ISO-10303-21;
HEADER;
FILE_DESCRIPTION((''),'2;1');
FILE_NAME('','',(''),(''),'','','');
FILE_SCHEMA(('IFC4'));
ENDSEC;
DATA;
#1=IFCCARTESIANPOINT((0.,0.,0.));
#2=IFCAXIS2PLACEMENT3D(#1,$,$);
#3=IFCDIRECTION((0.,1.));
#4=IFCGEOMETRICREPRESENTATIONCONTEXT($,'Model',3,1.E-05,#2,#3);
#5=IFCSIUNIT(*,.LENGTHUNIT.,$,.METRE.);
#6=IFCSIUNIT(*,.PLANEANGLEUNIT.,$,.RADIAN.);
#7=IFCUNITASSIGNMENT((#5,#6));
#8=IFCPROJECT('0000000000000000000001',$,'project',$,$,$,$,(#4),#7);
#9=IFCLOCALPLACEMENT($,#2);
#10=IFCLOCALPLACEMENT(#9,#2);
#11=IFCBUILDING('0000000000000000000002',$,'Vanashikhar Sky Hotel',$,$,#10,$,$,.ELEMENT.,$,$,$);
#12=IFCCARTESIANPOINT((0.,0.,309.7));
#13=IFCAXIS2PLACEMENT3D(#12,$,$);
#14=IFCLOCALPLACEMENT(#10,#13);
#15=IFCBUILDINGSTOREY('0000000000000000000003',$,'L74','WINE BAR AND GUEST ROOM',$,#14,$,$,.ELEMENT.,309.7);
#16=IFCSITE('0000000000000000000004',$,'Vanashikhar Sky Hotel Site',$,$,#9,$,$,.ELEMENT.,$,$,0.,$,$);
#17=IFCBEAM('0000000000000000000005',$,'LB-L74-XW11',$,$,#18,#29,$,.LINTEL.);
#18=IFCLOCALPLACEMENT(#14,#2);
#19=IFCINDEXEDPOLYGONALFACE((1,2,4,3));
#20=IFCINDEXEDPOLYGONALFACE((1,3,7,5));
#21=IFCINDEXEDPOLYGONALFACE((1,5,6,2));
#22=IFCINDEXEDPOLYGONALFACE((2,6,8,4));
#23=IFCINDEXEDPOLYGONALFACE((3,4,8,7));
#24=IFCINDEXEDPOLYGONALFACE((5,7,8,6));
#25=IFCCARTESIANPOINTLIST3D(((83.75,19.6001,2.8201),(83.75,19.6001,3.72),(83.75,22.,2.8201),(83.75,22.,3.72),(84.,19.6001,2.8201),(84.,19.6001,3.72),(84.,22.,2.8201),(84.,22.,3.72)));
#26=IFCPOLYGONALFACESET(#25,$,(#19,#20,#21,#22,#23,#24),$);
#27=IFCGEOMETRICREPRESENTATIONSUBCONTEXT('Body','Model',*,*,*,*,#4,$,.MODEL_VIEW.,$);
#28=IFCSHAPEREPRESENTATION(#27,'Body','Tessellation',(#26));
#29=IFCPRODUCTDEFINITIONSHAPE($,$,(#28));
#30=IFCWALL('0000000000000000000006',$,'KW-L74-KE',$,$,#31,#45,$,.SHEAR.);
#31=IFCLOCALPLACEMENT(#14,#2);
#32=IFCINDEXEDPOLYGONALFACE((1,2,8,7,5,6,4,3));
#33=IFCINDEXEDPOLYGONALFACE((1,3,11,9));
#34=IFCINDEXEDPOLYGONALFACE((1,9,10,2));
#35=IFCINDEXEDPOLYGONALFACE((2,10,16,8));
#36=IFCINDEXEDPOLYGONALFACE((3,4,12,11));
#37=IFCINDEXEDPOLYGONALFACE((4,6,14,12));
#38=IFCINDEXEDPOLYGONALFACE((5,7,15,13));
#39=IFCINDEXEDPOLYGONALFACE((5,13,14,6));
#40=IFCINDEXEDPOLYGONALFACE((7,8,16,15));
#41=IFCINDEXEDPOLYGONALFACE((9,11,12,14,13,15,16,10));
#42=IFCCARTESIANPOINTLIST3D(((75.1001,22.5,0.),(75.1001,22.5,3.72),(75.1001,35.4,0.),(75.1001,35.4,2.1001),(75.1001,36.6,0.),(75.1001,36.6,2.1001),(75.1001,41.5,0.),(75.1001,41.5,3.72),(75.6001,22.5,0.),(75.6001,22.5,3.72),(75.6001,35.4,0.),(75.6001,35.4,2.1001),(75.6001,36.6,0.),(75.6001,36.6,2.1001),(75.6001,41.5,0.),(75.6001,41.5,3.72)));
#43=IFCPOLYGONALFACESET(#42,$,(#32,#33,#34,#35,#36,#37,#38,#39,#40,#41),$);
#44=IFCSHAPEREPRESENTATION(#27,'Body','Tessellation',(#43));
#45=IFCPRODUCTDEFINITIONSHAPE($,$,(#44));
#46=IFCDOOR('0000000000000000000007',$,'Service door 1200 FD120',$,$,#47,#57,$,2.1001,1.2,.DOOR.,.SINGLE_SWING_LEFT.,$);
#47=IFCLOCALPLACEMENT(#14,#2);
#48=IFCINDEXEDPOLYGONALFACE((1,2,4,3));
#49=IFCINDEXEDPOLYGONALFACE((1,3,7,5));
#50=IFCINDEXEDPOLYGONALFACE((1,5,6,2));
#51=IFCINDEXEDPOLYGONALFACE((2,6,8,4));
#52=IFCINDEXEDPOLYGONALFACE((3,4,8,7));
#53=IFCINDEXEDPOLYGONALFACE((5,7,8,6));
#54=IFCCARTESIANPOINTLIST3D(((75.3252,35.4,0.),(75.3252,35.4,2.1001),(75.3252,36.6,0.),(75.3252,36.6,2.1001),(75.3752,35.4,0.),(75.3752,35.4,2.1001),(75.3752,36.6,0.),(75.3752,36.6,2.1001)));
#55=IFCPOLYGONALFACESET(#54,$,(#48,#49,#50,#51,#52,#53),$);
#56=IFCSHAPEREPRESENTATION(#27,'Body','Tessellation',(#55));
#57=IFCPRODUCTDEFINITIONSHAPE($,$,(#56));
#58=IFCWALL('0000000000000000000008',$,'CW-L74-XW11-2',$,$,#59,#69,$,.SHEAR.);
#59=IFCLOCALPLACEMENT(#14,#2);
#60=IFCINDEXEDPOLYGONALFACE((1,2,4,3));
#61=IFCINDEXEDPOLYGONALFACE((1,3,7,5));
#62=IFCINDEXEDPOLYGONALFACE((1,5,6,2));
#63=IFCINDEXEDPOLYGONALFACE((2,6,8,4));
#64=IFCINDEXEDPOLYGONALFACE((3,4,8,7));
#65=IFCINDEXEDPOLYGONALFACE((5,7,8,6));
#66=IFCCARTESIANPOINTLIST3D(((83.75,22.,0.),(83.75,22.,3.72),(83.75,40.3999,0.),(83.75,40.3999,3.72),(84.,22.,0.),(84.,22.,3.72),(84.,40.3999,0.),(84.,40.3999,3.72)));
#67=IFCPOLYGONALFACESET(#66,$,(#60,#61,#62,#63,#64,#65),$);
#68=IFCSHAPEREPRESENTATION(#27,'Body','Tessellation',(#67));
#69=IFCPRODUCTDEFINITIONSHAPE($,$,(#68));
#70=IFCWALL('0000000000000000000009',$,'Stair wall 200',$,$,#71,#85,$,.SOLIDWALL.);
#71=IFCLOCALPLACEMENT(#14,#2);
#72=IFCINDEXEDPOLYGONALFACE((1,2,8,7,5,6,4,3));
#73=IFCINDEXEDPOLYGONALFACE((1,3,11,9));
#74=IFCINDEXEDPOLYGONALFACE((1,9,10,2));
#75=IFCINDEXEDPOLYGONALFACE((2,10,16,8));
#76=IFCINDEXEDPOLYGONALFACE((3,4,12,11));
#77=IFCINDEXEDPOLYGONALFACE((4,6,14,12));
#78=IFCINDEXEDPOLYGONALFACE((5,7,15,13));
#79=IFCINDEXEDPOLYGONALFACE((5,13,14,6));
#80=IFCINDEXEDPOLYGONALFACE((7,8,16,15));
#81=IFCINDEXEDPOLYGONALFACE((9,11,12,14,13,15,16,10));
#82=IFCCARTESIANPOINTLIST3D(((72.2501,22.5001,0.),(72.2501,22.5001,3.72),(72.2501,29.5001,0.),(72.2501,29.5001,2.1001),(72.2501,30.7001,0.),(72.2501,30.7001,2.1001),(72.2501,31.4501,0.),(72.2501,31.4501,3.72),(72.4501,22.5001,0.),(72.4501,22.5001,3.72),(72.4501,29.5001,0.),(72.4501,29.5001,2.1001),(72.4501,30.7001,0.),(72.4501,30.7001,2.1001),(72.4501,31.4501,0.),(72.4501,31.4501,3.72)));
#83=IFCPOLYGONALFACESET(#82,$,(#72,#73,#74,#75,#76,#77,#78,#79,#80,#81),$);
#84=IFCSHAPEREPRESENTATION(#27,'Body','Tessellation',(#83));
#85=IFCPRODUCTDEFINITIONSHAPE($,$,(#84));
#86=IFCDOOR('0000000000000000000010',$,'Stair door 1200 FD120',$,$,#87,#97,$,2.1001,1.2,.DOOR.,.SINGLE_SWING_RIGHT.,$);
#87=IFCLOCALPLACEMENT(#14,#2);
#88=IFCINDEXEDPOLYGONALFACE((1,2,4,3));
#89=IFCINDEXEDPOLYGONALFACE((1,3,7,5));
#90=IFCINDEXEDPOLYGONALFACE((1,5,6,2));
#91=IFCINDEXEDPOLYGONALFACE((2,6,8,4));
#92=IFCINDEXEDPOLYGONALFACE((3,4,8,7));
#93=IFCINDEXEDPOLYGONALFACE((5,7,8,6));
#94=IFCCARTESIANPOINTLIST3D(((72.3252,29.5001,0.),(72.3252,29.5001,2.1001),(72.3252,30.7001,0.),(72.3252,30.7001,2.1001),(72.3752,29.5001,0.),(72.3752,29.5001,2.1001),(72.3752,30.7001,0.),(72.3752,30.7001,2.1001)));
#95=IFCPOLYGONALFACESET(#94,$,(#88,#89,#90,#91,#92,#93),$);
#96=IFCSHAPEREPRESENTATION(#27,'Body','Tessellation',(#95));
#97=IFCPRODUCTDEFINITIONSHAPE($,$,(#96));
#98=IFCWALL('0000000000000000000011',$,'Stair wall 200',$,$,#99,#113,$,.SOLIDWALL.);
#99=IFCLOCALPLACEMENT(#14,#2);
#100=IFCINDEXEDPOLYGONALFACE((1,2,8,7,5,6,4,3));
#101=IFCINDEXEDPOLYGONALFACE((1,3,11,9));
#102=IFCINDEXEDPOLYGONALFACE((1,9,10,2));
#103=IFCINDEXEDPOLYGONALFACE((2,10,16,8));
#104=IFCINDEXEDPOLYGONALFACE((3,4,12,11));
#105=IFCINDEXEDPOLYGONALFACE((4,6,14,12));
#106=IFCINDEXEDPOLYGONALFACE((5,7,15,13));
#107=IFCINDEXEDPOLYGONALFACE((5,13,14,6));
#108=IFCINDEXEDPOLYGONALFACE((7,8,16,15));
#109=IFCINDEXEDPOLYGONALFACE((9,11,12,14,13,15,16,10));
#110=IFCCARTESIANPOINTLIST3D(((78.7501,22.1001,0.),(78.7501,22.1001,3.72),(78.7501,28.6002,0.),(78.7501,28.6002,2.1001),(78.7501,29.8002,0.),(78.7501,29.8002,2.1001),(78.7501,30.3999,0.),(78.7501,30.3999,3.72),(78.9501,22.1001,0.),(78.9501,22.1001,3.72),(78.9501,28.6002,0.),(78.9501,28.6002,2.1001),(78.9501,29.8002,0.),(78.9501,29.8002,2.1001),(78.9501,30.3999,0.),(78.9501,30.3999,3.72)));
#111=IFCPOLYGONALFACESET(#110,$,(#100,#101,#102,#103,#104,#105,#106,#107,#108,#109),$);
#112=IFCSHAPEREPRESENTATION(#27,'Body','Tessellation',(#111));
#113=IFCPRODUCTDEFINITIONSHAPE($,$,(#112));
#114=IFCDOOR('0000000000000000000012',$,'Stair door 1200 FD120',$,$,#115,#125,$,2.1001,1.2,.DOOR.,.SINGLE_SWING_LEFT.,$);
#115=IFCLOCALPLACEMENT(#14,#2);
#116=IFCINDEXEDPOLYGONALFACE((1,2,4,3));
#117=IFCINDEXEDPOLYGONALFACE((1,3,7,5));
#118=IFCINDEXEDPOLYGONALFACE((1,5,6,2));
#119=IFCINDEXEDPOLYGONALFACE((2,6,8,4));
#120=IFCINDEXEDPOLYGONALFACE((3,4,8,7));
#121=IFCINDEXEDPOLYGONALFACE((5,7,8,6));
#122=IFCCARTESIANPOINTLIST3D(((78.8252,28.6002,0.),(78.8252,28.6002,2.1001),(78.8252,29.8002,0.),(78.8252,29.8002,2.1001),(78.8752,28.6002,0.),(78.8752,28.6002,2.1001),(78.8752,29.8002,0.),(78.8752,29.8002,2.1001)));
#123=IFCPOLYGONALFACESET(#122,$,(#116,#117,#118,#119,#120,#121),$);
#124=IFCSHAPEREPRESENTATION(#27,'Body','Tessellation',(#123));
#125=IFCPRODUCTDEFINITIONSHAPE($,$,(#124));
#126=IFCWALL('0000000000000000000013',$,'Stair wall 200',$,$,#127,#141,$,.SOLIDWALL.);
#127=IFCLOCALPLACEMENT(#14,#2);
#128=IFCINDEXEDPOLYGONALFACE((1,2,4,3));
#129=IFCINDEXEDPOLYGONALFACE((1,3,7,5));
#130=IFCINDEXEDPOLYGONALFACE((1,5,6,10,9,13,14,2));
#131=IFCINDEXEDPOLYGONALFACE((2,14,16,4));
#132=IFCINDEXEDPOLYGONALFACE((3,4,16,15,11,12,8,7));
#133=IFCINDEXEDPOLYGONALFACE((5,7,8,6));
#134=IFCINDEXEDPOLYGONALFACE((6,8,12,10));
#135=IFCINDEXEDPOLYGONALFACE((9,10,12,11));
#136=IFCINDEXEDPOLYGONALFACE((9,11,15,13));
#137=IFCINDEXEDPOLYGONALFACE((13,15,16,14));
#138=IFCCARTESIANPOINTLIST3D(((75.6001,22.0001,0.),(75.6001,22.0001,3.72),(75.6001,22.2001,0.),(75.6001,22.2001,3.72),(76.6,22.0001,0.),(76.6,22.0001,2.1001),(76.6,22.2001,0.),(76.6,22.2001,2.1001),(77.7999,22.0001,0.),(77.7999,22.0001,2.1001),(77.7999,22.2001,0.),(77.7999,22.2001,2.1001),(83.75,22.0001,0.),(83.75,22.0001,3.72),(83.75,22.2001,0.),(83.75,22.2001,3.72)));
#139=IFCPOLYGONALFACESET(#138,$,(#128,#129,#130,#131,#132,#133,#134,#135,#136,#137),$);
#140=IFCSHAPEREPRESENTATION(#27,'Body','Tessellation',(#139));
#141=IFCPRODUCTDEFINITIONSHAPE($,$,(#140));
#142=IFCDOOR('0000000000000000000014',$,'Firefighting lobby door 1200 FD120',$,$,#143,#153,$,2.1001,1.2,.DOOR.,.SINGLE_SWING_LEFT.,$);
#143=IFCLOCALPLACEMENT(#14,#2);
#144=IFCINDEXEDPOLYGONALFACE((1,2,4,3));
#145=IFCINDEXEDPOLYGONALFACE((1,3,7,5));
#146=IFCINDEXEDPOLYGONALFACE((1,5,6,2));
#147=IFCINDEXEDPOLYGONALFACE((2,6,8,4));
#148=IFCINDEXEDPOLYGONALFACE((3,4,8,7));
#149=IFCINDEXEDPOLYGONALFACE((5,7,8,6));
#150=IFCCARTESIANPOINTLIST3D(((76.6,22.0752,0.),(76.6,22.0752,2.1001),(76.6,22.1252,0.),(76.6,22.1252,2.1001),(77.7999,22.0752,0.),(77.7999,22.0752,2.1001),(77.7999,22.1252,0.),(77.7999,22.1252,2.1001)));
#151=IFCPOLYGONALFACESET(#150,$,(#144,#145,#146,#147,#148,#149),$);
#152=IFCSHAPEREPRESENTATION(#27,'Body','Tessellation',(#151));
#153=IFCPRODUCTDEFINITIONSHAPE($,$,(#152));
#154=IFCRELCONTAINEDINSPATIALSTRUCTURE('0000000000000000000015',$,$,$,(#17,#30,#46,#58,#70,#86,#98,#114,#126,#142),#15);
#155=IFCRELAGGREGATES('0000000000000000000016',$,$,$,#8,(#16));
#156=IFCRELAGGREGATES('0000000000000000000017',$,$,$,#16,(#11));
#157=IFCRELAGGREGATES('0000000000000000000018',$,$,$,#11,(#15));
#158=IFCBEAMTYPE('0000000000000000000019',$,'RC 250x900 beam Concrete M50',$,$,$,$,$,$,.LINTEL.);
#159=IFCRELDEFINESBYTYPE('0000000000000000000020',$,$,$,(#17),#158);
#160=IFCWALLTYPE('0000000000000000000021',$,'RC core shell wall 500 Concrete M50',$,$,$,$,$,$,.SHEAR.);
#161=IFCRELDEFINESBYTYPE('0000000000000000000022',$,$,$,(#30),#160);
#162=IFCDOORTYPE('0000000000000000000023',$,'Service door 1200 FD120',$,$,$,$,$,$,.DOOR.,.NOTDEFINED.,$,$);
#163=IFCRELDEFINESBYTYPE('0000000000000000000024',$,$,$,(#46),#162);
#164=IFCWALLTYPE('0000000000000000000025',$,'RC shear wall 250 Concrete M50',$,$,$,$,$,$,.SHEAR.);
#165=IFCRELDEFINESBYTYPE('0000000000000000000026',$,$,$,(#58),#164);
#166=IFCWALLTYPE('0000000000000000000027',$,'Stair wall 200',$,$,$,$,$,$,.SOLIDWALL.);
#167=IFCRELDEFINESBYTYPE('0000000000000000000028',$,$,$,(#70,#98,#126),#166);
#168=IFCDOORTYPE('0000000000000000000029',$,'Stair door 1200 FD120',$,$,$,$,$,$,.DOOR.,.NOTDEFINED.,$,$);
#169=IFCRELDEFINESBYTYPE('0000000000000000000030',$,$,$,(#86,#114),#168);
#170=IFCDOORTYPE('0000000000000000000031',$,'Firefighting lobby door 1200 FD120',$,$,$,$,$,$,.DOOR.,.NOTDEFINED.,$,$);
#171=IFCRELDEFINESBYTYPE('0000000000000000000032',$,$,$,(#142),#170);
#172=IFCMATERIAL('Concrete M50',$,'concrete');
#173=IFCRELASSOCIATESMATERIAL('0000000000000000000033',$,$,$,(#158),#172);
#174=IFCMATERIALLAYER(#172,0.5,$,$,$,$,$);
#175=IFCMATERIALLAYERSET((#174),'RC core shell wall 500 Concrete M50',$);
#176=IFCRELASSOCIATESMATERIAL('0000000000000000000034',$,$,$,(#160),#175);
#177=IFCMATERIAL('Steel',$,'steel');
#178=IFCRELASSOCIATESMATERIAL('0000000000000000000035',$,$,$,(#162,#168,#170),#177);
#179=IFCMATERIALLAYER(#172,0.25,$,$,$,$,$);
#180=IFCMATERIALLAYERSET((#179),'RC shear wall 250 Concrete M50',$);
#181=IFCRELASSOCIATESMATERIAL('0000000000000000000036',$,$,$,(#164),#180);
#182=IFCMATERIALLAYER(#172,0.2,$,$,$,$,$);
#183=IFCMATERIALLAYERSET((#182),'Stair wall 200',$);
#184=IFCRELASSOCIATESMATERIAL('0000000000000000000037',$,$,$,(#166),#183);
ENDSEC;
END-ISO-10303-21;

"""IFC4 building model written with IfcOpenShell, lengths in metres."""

from ifc_helpers import new_model, si_unit, direction, frame, frame_2d, origin, origin_2d, place, context, subcontext, project, spatial, rectangle, extrude, source, transform, mapped, material, layer, layer_set, material_profile, profile_set, type_object, element, fill, save


model = new_model("IFC4")

# Units and contexts
model_context = context("Model", 3, precision=1e-05, world=origin(), true_north=direction((0.0, 1.0)))
body_context = subcontext(model_context, "Body", "Model", "MODEL_VIEW")
ifc_project = project(units=[si_unit("LENGTHUNIT", "METRE"), si_unit("PLANEANGLEUNIT", "RADIAN")], contexts=[model_context])

# Site, building, storey
site_placement = place(None, origin())
site = spatial("IfcSite", under=ifc_project, at=site_placement, Name="Vanashikhar Sky Hotel Site", CompositionType="ELEMENT", RefElevation=0.0)
building_placement = place(site_placement, origin())
building = spatial("IfcBuilding", under=site, at=building_placement, Name="Vanashikhar Sky Hotel", CompositionType="ELEMENT")
storey_placement = place(building_placement, frame((0.0, 0.0, 309.7)))
storey = spatial("IfcBuildingStorey", under=building, at=storey_placement, Name="L74", Description="WINE BAR AND GUEST ROOM", CompositionType="ELEMENT", Elevation=309.7)

# Beam
ifc_material_1 = material(Name="Concrete M50", Category="concrete")
ifc_material_profile = material_profile(ifc_material_1, rectangle(XDim=0.25, YDim=0.8999, at=origin_2d()))
ifc_profile_set = profile_set([ifc_material_profile], Name="RC 250x900 beam Concrete M50")
beam_type = type_object("IfcBeamType", Name="RC 250x900 beam Concrete M50", PredefinedType="LINTEL", material=ifc_profile_set)
shared_shape_1 = source(origin(), body_context, "Body", "SweptSolid", [
    extrude(rectangle(XDim=0.25, YDim=0.8999, at=origin_2d()), origin(), (0.0, 0.0, 1.0), 2.3999),
])
beam_placement = place(storey_placement, frame((83.875, 19.6001, 3.27), z_axis=(0.0, 1.0, 0.0), x_axis=(-1.0, 0.0, 0.0)))
element("IfcBeam", 1, at=beam_placement, inside=storey, type_object=beam_type, Name="LB-L74-XW11", PredefinedType="LINTEL", context=body_context, shape_type="MappedRepresentation", body=[
    mapped(shared_shape_1, transform((0.0, 0.0, 0.0), scale=1.0)),
])

# Wall, opening, door
ifc_layer_1 = layer(ifc_material_1, 0.5)
ifc_layer_set_1 = layer_set([ifc_layer_1], Name="RC core shell wall 500 Concrete M50")
wall_type_1 = type_object("IfcWallType", Name="RC core shell wall 500 Concrete M50", PredefinedType="SHEAR", material=ifc_layer_set_1)
shared_shape_2 = source(origin(), body_context, "Body", "SweptSolid", [
    extrude(rectangle(XDim=19.0, YDim=0.5, at=frame_2d((9.5, 0.0))), origin(), (0.0, 0.0, 1.0), 3.72),
])
wall_1_placement = place(storey_placement, frame((75.3501, 22.5, 0.0), z_axis=(0.0, 0.0, 1.0), x_axis=(0.0, 1.0, 0.0)))
wall_1 = element("IfcWall", 2, at=wall_1_placement, inside=storey, type_object=wall_type_1, Name="KW-L74-KE", PredefinedType="SHEAR", context=body_context, shape_type="MappedRepresentation", body=[
    mapped(shared_shape_2, transform((0.0, 0.0, 0.0), scale=1.0)),
])
shared_shape_3 = source(origin(), body_context, "Body", "SweptSolid", [
    extrude(rectangle(XDim=1.2, YDim=2.1001, at=frame_2d((0.6001, 1.05))), frame((0.0, 0.26, 0.0), z_axis=(0.0, -1.0, 0.0), x_axis=(1.0, 0.0, 0.0)), (0.0, 0.0, 1.0), 0.52),
])
opening_1_placement = place(wall_1_placement, frame((12.8999, 0.0, 0.0)))
opening_1 = element("IfcOpeningElement", 3, at=opening_1_placement, cuts=wall_1, PredefinedType="OPENING", context=body_context, shape_type="MappedRepresentation", body=[
    mapped(shared_shape_3, transform((0.0, 0.0, 0.0), scale=1.0)),
])
ifc_material_2 = material(Name="Steel", Category="steel")
door_type_1 = type_object("IfcDoorType", Name="Service door 1200 FD120", OperationType="NOTDEFINED", PredefinedType="DOOR", material=ifc_material_2)
shared_shape_4 = source(origin(), body_context, "Body", "SweptSolid", [
    extrude(rectangle(XDim=1.2, YDim=2.1001, at=frame_2d((0.6001, 1.05))), frame((0.0, 0.0249, 0.0), z_axis=(0.0, -1.0, 0.0), x_axis=(1.0, 0.0, 0.0)), (0.0, 0.0, 1.0), 0.05),
])
door_1_placement = place(opening_1_placement, origin())
door_1 = element("IfcDoor", 4, at=door_1_placement, inside=storey, type_object=door_type_1, Name="Service door 1200 FD120", OperationType="SINGLE_SWING_LEFT", OverallHeight=2.1001, OverallWidth=1.2, PredefinedType="DOOR", context=body_context, shape_type="MappedRepresentation", body=[
    mapped(shared_shape_4, transform((0.0, 0.0, 0.0), scale=1.0)),
])
fill(opening_1, door_1)

# Wall
ifc_layer_2 = layer(ifc_material_1, 0.25)
ifc_layer_set_2 = layer_set([ifc_layer_2], Name="RC shear wall 250 Concrete M50")
wall_type_2 = type_object("IfcWallType", Name="RC shear wall 250 Concrete M50", PredefinedType="SHEAR", material=ifc_layer_set_2)
shared_shape_5 = source(origin(), body_context, "Body", "SweptSolid", [
    extrude(rectangle(XDim=18.3999, YDim=0.25, at=frame_2d((9.2, 0.0))), origin(), (0.0, 0.0, 1.0), 3.72),
])
wall_2_placement = place(storey_placement, frame((83.875, 22.0, 0.0), z_axis=(0.0, 0.0, 1.0), x_axis=(0.0, 1.0, 0.0)))
element("IfcWall", 5, at=wall_2_placement, inside=storey, type_object=wall_type_2, Name="CW-L74-XW11-2", PredefinedType="SHEAR", context=body_context, shape_type="MappedRepresentation", body=[
    mapped(shared_shape_5, transform((0.0, 0.0, 0.0), scale=1.0)),
])

# Walls, openings, doors
ifc_layer_3 = layer(ifc_material_1, 0.2)
ifc_layer_set_3 = layer_set([ifc_layer_3], Name="Stair wall 200")
wall_type_3 = type_object("IfcWallType", Name="Stair wall 200", PredefinedType="SOLIDWALL", material=ifc_layer_set_3)
shared_shape_6 = source(origin(), body_context, "Body", "SweptSolid", [
    extrude(rectangle(XDim=8.95, YDim=0.2, at=frame_2d((4.4751, 0.0))), origin(), (0.0, 0.0, 1.0), 3.72),
])
wall_3_placement = place(storey_placement, frame((72.3501, 22.5, 0.0), z_axis=(0.0, 0.0, 1.0), x_axis=(0.0, 1.0, 0.0)))
wall_3 = element("IfcWall", 6, at=wall_3_placement, inside=storey, type_object=wall_type_3, Name="Stair wall 200", PredefinedType="SOLIDWALL", context=body_context, shape_type="MappedRepresentation", body=[
    mapped(shared_shape_6, transform((0.0, 0.0, 0.0), scale=1.0)),
])
shared_shape_7 = source(origin(), body_context, "Body", "SweptSolid", [
    extrude(rectangle(XDim=1.2, YDim=2.1001, at=frame_2d((0.6001, 1.05))), frame((0.0, 0.1099, 0.0), z_axis=(0.0, -1.0, 0.0), x_axis=(1.0, 0.0, 0.0)), (0.0, 0.0, 1.0), 0.22),
])
opening_2_placement = place(wall_3_placement, frame((7.0, 0.0, 0.0)))
opening_2 = element("IfcOpeningElement", 7, at=opening_2_placement, cuts=wall_3, PredefinedType="OPENING", context=body_context, shape_type="MappedRepresentation", body=[
    mapped(shared_shape_7, transform((0.0, 0.0, 0.0), scale=1.0)),
])
door_type_2 = type_object("IfcDoorType", Name="Stair door 1200 FD120", OperationType="NOTDEFINED", PredefinedType="DOOR", material=ifc_material_2)
door_2_placement = place(opening_2_placement, origin())
door_2 = element("IfcDoor", 8, at=door_2_placement, inside=storey, type_object=door_type_2, Name="Stair door 1200 FD120", OperationType="SINGLE_SWING_RIGHT", OverallHeight=2.1001, OverallWidth=1.2, PredefinedType="DOOR", context=body_context, shape_type="MappedRepresentation", body=[
    mapped(shared_shape_4, transform((0.0, 0.0, 0.0), scale=1.0)),
])
fill(opening_2, door_2)
shared_shape_8 = source(origin(), body_context, "Body", "SweptSolid", [
    extrude(rectangle(XDim=8.2998, YDim=0.2, at=frame_2d((4.1499, 0.0))), origin(), (0.0, 0.0, 1.0), 3.72),
])
wall_4_placement = place(storey_placement, frame((78.8501, 22.1001, 0.0), z_axis=(0.0, 0.0, 1.0), x_axis=(0.0, 1.0, 0.0)))
wall_4 = element("IfcWall", 9, at=wall_4_placement, inside=storey, type_object=wall_type_3, Name="Stair wall 200", PredefinedType="SOLIDWALL", context=body_context, shape_type="MappedRepresentation", body=[
    mapped(shared_shape_8, transform((0.0, 0.0, 0.0), scale=1.0)),
])
opening_3_placement = place(wall_4_placement, frame((6.5, 0.0, 0.0)))
opening_3 = element("IfcOpeningElement", 10, at=opening_3_placement, cuts=wall_4, PredefinedType="OPENING", context=body_context, shape_type="MappedRepresentation", body=[
    mapped(shared_shape_7, transform((0.0, 0.0, 0.0), scale=1.0)),
])
door_3_placement = place(opening_3_placement, origin())
door_3 = element("IfcDoor", 11, at=door_3_placement, inside=storey, type_object=door_type_2, Name="Stair door 1200 FD120", OperationType="SINGLE_SWING_LEFT", OverallHeight=2.1001, OverallWidth=1.2, PredefinedType="DOOR", context=body_context, shape_type="MappedRepresentation", body=[
    mapped(shared_shape_4, transform((0.0, 0.0, 0.0), scale=1.0)),
])
fill(opening_3, door_3)
shared_shape_9 = source(origin(), body_context, "Body", "SweptSolid", [
    extrude(rectangle(XDim=8.1499, YDim=0.2, at=frame_2d((4.075, 0.0))), origin(), (0.0, 0.0, 1.0), 3.72),
])
wall_5_placement = place(storey_placement, frame((83.75, 22.1001, 0.0), z_axis=(0.0, 0.0, 1.0), x_axis=(-1.0, 0.0, 0.0)))
wall_5 = element("IfcWall", 12, at=wall_5_placement, inside=storey, type_object=wall_type_3, Name="Stair wall 200", PredefinedType="SOLIDWALL", context=body_context, shape_type="MappedRepresentation", body=[
    mapped(shared_shape_9, transform((0.0, 0.0, 0.0), scale=1.0)),
])
opening_4_placement = place(wall_5_placement, frame((5.95, 0.0, 0.0)))
opening_4 = element("IfcOpeningElement", 13, at=opening_4_placement, cuts=wall_5, PredefinedType="OPENING", context=body_context, shape_type="MappedRepresentation", body=[
    mapped(shared_shape_7, transform((0.0, 0.0, 0.0), scale=1.0)),
])
door_type_3 = type_object("IfcDoorType", Name="Firefighting lobby door 1200 FD120", OperationType="NOTDEFINED", PredefinedType="DOOR", material=ifc_material_2)
door_4_placement = place(opening_4_placement, origin())
door_4 = element("IfcDoor", 14, at=door_4_placement, inside=storey, type_object=door_type_3, Name="Firefighting lobby door 1200 FD120", OperationType="SINGLE_SWING_LEFT", OverallHeight=2.1001, OverallWidth=1.2, PredefinedType="DOOR", context=body_context, shape_type="MappedRepresentation", body=[
    mapped(shared_shape_4, transform((0.0, 0.0, 0.0), scale=1.0)),
])
fill(opening_4, door_4)

save(model, "model.ifc")
